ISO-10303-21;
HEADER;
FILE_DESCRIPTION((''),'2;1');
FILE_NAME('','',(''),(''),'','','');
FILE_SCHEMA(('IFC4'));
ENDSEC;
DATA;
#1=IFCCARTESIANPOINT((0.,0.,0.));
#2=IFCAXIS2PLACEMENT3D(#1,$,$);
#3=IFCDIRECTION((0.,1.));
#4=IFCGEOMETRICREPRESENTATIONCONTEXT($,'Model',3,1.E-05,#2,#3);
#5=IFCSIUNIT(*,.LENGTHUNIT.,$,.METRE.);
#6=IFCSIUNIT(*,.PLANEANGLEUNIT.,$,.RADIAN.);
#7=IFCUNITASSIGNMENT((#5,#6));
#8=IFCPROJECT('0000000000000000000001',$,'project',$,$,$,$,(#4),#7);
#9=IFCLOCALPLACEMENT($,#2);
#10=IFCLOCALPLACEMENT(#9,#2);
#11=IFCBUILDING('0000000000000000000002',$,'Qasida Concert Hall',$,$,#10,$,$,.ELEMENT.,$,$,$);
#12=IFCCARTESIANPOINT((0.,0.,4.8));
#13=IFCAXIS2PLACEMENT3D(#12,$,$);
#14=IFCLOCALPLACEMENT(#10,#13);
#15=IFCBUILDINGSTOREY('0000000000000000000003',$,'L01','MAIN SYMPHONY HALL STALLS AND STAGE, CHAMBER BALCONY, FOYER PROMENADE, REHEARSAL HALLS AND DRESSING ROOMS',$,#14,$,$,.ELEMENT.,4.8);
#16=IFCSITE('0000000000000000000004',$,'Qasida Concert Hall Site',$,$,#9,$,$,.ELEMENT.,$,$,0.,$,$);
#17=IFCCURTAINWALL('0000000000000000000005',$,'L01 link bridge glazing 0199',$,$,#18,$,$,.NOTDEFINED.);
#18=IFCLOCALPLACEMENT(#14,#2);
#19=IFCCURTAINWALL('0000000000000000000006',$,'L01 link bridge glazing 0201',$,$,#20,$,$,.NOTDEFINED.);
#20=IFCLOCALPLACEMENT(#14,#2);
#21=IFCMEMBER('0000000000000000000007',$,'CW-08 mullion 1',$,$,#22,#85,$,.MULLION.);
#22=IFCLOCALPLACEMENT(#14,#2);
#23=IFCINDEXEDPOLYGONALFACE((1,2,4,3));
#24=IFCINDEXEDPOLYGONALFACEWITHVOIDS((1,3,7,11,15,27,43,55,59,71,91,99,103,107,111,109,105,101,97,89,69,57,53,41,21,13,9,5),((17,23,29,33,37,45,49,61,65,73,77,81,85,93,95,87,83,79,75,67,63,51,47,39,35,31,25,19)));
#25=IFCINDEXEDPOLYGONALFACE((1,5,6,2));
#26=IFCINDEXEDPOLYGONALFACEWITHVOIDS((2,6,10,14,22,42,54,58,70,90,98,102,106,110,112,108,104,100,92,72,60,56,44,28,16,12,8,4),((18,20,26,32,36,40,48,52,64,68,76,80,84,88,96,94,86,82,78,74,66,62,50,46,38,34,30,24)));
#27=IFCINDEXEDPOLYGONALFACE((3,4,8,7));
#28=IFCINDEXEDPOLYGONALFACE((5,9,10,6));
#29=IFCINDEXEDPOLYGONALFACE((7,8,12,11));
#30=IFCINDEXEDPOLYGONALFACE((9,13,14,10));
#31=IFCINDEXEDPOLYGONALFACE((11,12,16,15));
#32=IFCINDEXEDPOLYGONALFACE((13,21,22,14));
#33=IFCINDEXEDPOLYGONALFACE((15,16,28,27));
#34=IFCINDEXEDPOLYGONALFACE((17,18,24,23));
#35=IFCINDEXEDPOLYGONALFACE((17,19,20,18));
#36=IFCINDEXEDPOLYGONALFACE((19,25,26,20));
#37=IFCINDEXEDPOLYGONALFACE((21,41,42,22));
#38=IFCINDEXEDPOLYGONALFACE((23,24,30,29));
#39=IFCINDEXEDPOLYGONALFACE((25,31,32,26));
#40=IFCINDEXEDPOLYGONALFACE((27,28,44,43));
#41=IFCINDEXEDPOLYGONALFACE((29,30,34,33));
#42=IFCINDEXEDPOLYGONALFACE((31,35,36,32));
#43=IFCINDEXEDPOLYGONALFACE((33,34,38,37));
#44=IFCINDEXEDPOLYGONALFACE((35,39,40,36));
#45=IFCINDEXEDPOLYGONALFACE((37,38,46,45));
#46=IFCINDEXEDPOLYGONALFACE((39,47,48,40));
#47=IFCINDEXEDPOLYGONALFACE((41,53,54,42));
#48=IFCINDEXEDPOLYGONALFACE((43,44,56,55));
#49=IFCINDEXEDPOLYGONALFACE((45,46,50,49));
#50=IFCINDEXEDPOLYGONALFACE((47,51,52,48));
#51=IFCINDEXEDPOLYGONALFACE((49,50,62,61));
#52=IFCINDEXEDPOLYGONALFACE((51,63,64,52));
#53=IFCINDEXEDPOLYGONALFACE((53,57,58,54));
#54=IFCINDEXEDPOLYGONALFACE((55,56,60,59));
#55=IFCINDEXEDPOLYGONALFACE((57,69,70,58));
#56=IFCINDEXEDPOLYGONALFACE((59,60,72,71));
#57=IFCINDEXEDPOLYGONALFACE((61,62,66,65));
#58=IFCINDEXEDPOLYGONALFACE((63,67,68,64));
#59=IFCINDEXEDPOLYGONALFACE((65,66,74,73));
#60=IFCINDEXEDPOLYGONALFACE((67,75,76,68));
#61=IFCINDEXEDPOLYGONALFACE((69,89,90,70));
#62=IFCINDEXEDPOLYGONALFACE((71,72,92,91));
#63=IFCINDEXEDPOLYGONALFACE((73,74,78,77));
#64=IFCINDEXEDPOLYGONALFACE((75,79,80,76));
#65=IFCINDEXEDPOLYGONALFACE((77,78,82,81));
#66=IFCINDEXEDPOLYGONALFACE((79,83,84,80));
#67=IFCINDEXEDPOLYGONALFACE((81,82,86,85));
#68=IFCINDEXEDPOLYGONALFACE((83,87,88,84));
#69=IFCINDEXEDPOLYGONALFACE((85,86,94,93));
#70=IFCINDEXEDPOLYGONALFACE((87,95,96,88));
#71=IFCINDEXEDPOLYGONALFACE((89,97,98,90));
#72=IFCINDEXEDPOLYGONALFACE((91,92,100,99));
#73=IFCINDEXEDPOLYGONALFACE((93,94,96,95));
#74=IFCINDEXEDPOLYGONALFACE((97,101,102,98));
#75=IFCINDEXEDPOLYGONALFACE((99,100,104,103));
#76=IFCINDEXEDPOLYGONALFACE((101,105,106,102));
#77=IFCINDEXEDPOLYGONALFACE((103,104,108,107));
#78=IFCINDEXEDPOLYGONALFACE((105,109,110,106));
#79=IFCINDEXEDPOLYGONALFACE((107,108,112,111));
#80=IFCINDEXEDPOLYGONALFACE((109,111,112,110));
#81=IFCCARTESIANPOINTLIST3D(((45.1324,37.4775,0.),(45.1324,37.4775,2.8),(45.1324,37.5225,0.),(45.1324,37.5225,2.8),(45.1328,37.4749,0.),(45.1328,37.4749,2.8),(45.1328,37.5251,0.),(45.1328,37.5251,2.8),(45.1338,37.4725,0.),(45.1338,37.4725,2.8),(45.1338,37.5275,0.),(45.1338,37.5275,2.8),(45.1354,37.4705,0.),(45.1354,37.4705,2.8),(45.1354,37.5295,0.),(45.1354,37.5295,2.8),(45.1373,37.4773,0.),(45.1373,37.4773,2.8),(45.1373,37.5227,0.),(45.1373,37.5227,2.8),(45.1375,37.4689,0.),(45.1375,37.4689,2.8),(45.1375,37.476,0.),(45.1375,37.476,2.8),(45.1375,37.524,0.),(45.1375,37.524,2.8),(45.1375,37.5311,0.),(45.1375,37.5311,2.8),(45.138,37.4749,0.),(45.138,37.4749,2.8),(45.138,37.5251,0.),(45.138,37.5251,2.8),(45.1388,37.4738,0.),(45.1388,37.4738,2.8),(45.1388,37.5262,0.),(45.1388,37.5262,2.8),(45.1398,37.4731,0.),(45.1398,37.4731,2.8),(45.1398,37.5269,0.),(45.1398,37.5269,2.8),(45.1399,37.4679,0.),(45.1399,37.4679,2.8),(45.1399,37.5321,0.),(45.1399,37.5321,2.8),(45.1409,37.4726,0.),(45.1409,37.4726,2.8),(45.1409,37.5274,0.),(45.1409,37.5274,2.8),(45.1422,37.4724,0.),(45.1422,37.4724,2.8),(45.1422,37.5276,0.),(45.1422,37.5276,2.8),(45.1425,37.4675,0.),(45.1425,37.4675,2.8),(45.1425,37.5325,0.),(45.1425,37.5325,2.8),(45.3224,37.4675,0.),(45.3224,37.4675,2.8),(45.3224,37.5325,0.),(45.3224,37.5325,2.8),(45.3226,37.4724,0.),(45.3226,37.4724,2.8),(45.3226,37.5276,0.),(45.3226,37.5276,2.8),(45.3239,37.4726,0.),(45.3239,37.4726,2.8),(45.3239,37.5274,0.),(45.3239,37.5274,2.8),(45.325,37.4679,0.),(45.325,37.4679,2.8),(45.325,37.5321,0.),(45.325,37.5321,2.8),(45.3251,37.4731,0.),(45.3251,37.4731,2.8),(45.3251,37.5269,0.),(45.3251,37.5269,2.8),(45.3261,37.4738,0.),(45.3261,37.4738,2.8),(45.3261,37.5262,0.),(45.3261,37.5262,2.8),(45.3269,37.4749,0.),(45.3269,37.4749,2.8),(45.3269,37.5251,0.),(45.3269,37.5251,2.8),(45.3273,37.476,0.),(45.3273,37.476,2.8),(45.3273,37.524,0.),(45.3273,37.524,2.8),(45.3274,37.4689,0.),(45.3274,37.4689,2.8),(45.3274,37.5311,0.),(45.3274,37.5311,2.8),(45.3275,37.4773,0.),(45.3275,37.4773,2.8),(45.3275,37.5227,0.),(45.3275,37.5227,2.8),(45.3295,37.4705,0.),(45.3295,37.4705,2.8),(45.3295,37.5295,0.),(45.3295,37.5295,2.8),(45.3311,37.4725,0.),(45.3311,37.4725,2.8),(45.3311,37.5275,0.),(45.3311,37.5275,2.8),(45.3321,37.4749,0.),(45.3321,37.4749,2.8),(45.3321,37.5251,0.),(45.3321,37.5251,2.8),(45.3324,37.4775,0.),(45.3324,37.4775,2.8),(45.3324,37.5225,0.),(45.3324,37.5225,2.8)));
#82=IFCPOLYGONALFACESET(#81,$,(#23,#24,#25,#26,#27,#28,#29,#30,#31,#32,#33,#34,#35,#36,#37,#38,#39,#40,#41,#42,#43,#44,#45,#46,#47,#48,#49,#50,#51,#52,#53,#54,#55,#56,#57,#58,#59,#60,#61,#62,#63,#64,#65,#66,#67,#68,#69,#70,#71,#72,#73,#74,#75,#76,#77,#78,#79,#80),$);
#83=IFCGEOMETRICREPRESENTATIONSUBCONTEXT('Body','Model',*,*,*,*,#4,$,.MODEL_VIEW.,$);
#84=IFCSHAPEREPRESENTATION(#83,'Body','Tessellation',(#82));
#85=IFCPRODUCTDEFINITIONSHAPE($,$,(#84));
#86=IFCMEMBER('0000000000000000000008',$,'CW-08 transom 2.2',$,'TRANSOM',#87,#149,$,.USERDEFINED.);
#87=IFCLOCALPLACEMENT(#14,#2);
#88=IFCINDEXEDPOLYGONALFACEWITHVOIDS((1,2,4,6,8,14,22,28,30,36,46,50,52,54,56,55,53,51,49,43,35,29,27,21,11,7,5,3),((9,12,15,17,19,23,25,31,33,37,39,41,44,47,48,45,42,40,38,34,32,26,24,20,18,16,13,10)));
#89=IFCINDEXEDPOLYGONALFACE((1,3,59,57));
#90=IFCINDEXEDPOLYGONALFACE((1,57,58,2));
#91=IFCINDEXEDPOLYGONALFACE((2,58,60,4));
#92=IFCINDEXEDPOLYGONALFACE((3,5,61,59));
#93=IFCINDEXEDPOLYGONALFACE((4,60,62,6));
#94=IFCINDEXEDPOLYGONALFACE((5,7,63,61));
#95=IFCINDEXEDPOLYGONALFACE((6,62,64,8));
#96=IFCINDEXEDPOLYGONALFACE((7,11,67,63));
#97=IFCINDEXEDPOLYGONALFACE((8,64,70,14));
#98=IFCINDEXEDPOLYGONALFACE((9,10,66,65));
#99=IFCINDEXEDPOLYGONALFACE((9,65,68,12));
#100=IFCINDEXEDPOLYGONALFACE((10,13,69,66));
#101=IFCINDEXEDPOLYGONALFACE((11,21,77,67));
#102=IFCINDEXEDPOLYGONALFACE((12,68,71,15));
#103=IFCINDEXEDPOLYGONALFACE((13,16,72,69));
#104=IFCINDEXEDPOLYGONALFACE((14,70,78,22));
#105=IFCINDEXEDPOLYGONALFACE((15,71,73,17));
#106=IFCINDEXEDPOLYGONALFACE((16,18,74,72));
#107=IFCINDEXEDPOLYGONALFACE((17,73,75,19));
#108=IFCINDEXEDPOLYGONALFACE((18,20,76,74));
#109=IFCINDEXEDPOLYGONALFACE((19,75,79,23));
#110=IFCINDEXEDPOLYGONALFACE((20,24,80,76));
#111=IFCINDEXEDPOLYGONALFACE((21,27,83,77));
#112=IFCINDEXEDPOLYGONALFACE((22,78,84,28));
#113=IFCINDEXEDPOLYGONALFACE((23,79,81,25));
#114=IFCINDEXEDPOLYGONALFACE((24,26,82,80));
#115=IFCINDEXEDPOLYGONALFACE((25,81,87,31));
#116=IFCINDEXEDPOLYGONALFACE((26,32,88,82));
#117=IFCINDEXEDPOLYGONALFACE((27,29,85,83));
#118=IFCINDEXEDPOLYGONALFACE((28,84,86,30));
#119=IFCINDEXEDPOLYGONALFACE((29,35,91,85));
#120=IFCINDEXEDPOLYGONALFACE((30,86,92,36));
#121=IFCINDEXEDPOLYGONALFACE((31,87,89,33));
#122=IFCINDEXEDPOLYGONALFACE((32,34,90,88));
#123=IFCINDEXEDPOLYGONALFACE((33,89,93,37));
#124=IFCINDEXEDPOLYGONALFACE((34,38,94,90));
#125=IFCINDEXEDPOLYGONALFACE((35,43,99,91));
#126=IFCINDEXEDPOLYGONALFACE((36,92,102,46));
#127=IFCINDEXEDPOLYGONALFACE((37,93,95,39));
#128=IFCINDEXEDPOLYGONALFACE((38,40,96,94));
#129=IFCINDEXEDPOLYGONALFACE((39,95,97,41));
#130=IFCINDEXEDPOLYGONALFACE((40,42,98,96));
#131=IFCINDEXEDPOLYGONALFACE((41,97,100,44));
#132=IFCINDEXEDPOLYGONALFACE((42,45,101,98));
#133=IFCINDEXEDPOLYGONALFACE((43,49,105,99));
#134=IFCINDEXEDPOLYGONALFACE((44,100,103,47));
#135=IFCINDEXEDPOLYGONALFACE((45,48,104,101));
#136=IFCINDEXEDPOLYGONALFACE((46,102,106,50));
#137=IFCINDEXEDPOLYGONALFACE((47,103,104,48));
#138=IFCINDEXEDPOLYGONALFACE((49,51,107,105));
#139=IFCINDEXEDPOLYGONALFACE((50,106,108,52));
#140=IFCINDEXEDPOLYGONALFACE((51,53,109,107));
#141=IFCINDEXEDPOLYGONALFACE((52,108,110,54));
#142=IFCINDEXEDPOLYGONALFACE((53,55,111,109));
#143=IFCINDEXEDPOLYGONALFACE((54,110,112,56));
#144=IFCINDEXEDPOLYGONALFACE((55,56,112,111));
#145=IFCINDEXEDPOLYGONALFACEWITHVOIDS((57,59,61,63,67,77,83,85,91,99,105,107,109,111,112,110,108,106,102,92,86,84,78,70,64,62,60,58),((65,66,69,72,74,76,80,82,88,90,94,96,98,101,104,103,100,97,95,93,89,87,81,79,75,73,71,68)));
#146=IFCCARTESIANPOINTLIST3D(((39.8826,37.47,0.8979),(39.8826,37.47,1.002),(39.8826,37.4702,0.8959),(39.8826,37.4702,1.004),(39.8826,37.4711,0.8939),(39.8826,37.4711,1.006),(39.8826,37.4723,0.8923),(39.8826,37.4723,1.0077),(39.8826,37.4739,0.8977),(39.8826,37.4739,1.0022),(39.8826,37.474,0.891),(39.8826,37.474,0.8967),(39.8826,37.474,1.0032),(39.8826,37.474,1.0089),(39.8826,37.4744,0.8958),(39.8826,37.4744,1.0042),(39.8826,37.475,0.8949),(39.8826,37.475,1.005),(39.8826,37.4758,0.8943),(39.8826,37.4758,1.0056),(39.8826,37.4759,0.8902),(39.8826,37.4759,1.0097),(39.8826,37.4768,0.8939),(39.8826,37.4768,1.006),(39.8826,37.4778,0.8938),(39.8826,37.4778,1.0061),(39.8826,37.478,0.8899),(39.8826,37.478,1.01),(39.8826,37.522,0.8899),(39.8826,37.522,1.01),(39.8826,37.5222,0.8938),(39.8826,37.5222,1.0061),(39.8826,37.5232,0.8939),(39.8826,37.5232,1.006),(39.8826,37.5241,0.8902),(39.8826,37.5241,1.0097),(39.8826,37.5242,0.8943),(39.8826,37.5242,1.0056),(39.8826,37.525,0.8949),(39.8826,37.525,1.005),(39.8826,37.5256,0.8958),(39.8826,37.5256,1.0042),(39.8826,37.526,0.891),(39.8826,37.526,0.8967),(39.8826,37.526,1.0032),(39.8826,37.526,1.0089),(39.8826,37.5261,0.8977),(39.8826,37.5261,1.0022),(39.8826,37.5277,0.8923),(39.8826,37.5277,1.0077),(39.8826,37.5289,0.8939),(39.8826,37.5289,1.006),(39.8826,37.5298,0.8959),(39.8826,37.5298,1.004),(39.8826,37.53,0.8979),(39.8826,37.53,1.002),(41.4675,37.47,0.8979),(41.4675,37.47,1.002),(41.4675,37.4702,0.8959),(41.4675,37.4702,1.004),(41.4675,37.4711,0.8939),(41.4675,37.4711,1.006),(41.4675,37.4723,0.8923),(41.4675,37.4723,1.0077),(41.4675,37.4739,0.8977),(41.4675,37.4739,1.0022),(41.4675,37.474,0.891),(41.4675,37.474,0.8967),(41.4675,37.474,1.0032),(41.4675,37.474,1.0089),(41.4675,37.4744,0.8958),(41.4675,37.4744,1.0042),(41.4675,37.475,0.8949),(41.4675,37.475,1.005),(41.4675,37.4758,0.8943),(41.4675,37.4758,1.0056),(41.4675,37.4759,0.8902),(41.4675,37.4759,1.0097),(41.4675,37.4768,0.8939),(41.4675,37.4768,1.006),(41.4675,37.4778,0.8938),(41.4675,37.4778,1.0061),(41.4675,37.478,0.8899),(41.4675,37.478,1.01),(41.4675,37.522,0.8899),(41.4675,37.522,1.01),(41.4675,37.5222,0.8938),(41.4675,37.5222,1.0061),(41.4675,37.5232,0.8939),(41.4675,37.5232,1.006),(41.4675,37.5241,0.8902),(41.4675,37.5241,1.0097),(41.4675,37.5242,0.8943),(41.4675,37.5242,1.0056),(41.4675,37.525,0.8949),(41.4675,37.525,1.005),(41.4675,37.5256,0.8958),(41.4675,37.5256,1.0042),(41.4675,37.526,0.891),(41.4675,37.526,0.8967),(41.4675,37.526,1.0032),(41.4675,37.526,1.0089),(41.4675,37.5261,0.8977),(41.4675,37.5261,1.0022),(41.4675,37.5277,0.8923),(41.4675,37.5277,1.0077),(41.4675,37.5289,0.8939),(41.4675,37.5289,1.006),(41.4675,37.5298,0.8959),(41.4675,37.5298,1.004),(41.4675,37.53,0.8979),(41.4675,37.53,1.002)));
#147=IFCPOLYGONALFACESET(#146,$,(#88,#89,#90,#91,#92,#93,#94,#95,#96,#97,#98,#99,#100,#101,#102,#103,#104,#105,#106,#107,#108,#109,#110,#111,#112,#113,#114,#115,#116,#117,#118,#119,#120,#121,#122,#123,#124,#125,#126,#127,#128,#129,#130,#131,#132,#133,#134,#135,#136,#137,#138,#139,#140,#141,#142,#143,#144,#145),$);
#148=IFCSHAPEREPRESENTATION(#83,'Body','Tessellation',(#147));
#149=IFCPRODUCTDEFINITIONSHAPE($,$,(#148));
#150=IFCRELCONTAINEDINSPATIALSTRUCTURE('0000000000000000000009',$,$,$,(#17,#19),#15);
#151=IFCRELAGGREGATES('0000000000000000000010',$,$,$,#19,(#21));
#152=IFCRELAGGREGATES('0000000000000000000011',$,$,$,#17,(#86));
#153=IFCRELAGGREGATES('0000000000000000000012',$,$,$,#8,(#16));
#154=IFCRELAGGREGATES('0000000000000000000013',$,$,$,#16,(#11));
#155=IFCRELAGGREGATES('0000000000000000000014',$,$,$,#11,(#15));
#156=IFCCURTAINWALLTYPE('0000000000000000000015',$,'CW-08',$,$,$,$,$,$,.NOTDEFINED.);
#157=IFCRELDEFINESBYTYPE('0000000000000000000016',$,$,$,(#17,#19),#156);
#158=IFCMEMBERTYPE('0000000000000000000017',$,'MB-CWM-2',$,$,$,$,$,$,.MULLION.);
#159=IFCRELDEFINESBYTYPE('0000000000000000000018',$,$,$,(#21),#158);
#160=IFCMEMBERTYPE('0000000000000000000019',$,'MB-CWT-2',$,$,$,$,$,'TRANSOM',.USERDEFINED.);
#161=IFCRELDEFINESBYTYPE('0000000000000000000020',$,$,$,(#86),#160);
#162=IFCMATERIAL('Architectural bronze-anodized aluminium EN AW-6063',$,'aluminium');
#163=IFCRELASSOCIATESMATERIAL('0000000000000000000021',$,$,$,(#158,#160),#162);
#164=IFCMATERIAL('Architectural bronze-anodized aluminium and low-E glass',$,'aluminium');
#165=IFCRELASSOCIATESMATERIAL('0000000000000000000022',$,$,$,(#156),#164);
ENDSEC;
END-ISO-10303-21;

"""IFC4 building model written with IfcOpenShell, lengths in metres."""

from ifc_helpers import new_model, si_unit, direction, frame, origin, origin_2d, place, context, subcontext, project, spatial, hollow_rectangle, extrude, material, material_profile, profile_set, type_object, element, aggregate, save


model = new_model("IFC4")

# Units and contexts
model_context = context("Model", 3, precision=1e-05, world=origin(), true_north=direction((0.0, 1.0)))
body_context = subcontext(model_context, "Body", "Model", "MODEL_VIEW")
ifc_project = project(units=[si_unit("LENGTHUNIT", "METRE"), si_unit("PLANEANGLEUNIT", "RADIAN")], contexts=[model_context])

# Site, building, storey
site_placement = place(None, origin())
site = spatial("IfcSite", under=ifc_project, at=site_placement, Name="Qasida Concert Hall Site", CompositionType="ELEMENT", RefElevation=0.0)
building_placement = place(site_placement, origin())
building = spatial("IfcBuilding", under=site, at=building_placement, Name="Qasida Concert Hall", CompositionType="ELEMENT")
storey_placement = place(building_placement, frame((0.0, 0.0, 4.8)))
storey = spatial("IfcBuildingStorey", under=building, at=storey_placement, Name="L01", Description="MAIN SYMPHONY HALL STALLS AND STAGE, CHAMBER BALCONY, FOYER PROMENADE, REHEARSAL HALLS AND DRESSING ROOMS", CompositionType="ELEMENT", Elevation=4.8)

# Shared definitions
ifc_material_1 = material(Name="Architectural bronze-anodized aluminium and low-E glass", Category="aluminium")
ifc_material_2 = material(Name="Architectural bronze-anodized aluminium EN AW-6063", Category="aluminium")
ifc_material_profile_1 = material_profile(ifc_material_2, hollow_rectangle(XDim=0.0649, YDim=0.2, WallThickness=0.0049, InnerFilletRadius=0.0049, OuterFilletRadius=0.01, at=origin_2d()), Name="CWM 200x65x5")
ifc_profile_set_1 = profile_set([ifc_material_profile_1], Name="Architectural bronze-anodized aluminium EN AW-6063")
member_type_1 = type_object("IfcMemberType", Name="MB-CWM-2", PredefinedType="MULLION", material=ifc_profile_set_1)

# Curtain wall
curtain_wall_type_1 = type_object("IfcCurtainWallType", Name="CW-08", PredefinedType="NOTDEFINED", material=ifc_material_1)
curtain_wall_1_placement = place(storey_placement, origin())
curtain_wall_1 = element("IfcCurtainWall", 1, at=curtain_wall_1_placement, inside=storey, type_object=curtain_wall_type_1, Name="L01 link bridge glazing 0199", PredefinedType="NOTDEFINED")

# Curtain wall, member
curtain_wall_2_placement = place(storey_placement, origin())
curtain_wall_2 = element("IfcCurtainWall", 2, at=curtain_wall_2_placement, inside=storey, type_object=curtain_wall_type_1, Name="L01 link bridge glazing 0201", PredefinedType="NOTDEFINED")
member_1_placement = place(storey_placement, frame((45.2324, 37.5, 0.0), z_axis=(0.0, 0.0, 1.0), x_axis=(0.0, 1.0, 0.0)))
member_1 = element("IfcMember", 3, at=member_1_placement, type_object=member_type_1, Name="CW-08 mullion 1", PredefinedType="MULLION", context=body_context, shape_type="SweptSolid", body=[
    extrude(hollow_rectangle(XDim=0.0649, YDim=0.2, WallThickness=0.0049, InnerFilletRadius=0.0049, OuterFilletRadius=0.01, at=origin_2d()), origin(), (0.0, 0.0, 1.0), 2.8),
])
aggregate(curtain_wall_2, [member_1])

# Member
ifc_material_profile_2 = material_profile(ifc_material_2, hollow_rectangle(XDim=0.0601, YDim=0.1201, WallThickness=0.0039, InnerFilletRadius=0.0039, OuterFilletRadius=0.0081, at=origin_2d()), Name="CWT 120x60x4")
ifc_profile_set_2 = profile_set([ifc_material_profile_2], Name="Architectural bronze-anodized aluminium EN AW-6063")
member_type_2 = type_object("IfcMemberType", Name="MB-CWT-2", ElementType="TRANSOM", PredefinedType="USERDEFINED", material=ifc_profile_set_2)
member_2_placement = place(storey_placement, frame((39.8826, 37.5, 0.95), z_axis=(1.0, 0.0, 0.0), x_axis=(0.0, 1.0, 0.0)))
member_2 = element("IfcMember", 4, at=member_2_placement, type_object=member_type_2, Name="CW-08 transom 2.2", ObjectType="TRANSOM", PredefinedType="USERDEFINED", context=body_context, shape_type="SweptSolid", body=[
    extrude(hollow_rectangle(XDim=0.0601, YDim=0.1201, WallThickness=0.0039, InnerFilletRadius=0.0039, OuterFilletRadius=0.0081, at=origin_2d()), origin(), (0.0, 0.0, 1.0), 1.585),
])

aggregate(curtain_wall_1, [member_2])

save(model, "model.ifc")
